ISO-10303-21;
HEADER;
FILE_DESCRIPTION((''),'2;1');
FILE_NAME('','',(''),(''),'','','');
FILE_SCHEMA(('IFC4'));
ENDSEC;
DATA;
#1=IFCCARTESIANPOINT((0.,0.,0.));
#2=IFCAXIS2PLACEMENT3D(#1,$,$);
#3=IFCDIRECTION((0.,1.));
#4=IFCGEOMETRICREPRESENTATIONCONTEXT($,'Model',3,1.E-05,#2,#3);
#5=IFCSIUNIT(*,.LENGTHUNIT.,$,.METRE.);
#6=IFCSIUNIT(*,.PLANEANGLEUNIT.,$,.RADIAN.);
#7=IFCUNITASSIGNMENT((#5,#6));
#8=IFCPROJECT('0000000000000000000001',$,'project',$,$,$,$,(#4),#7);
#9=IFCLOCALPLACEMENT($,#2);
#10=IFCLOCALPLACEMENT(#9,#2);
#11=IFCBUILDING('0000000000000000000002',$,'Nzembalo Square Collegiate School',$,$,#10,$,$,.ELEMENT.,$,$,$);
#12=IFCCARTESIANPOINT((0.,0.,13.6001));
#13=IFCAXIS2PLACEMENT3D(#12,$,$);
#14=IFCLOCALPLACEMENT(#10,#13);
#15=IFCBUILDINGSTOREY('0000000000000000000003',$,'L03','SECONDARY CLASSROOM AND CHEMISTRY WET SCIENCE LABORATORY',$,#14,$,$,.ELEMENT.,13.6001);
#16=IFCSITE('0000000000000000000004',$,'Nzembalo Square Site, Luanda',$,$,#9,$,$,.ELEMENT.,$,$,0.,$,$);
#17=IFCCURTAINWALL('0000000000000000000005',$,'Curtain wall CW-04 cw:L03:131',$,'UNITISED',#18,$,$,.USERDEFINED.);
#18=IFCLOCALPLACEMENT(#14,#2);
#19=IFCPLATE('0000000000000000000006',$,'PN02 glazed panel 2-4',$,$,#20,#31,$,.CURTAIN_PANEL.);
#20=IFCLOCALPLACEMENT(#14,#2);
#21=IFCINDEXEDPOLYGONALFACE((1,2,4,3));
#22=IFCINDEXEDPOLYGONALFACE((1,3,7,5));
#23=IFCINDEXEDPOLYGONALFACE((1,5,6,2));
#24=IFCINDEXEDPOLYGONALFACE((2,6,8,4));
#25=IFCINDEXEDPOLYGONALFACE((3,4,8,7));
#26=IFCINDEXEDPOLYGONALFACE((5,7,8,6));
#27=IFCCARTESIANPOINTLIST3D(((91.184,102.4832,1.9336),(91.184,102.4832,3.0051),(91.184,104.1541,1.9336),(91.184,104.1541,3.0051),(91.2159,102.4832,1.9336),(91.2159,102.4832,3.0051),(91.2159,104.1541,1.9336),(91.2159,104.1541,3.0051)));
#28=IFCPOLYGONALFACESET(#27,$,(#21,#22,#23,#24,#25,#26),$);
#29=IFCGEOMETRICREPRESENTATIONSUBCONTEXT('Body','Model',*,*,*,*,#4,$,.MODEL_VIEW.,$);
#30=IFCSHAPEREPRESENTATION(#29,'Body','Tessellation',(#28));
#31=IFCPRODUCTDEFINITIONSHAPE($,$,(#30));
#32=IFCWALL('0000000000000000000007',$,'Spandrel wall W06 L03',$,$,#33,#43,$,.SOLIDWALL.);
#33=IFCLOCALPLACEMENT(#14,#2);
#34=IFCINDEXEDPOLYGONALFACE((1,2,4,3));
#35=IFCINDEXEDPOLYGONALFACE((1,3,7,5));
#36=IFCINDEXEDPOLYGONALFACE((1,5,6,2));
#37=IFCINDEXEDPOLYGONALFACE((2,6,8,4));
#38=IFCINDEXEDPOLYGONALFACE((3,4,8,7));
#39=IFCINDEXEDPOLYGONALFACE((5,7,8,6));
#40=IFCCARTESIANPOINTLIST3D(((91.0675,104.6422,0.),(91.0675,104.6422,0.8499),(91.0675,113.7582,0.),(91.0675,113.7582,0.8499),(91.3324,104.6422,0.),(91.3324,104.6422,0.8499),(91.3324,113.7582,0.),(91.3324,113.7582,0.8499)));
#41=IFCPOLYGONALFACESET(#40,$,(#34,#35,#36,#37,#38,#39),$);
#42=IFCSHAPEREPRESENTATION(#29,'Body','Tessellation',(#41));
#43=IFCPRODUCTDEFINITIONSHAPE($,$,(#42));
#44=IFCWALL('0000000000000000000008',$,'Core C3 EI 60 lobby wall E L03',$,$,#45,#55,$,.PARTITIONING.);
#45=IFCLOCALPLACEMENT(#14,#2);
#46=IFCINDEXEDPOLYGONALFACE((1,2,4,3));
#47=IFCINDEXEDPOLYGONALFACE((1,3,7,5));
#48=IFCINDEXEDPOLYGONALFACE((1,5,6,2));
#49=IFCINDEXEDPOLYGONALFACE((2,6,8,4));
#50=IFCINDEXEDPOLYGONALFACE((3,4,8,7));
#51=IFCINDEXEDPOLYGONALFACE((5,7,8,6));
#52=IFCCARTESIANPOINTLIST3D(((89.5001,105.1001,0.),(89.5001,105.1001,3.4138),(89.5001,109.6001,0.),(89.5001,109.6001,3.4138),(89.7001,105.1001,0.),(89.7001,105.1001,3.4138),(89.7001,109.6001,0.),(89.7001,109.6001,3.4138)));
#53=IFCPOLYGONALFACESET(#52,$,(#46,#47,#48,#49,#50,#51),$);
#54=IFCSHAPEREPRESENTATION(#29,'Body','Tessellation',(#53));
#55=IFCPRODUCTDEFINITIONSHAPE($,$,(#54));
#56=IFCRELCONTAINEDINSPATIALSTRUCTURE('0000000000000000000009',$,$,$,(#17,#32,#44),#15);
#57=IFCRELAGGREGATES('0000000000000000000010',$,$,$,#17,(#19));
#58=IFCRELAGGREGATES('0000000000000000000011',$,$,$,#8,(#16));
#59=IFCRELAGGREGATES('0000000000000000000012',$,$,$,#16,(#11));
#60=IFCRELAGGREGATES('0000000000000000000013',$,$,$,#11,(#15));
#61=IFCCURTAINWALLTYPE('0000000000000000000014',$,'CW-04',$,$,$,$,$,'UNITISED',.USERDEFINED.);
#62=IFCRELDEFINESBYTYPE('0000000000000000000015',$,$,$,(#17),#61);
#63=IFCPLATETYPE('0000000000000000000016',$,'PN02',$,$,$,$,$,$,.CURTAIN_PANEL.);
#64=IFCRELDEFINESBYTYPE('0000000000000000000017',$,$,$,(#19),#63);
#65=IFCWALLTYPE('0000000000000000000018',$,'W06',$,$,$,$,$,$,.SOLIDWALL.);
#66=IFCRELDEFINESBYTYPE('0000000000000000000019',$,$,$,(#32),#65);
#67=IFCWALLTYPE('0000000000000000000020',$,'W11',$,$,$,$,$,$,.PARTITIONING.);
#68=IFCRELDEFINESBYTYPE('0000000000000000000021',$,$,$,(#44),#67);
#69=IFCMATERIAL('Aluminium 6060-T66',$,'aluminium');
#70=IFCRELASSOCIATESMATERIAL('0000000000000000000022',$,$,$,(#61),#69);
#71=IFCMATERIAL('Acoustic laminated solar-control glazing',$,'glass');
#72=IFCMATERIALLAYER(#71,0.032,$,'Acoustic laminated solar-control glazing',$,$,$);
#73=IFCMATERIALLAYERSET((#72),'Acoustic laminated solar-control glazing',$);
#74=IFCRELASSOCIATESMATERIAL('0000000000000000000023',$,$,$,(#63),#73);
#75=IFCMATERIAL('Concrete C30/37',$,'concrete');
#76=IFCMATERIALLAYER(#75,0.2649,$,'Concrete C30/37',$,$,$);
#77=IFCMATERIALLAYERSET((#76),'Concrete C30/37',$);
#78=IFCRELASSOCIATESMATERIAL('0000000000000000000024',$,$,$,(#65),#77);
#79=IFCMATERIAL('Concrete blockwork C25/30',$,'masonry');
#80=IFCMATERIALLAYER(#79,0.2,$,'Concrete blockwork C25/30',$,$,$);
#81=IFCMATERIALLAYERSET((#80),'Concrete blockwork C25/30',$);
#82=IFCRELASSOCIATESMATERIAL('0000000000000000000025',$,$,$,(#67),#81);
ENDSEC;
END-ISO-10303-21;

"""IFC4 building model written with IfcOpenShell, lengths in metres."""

from ifc_helpers import new_model, si_unit, direction, frame, frame_2d, origin, origin_2d, place, context, subcontext, project, spatial, rectangle, extrude, material, layer, layer_set, type_object, element, aggregate, save


model = new_model("IFC4")

# Units and contexts
model_context = context("Model", 3, precision=1e-05, world=origin(), true_north=direction((0.0, 1.0)))
body_context = subcontext(model_context, "Body", "Model", "MODEL_VIEW")
ifc_project = project(units=[si_unit("LENGTHUNIT", "METRE"), si_unit("PLANEANGLEUNIT", "RADIAN")], contexts=[model_context])

# Site, building, storey
site_placement = place(None, origin())
site = spatial("IfcSite", under=ifc_project, at=site_placement, Name="Nzembalo Square Site, Luanda", CompositionType="ELEMENT", RefElevation=0.0)
building_placement = place(site_placement, origin())
building = spatial("IfcBuilding", under=site, at=building_placement, Name="Nzembalo Square Collegiate School", CompositionType="ELEMENT")
storey_placement = place(building_placement, frame((0.0, 0.0, 13.6001)))
storey = spatial("IfcBuildingStorey", under=building, at=storey_placement, Name="L03", Description="SECONDARY CLASSROOM AND CHEMISTRY WET SCIENCE LABORATORY", CompositionType="ELEMENT", Elevation=13.6001)

# Curtain wall
ifc_material_1 = material(Name="Aluminium 6060-T66", Category="aluminium")
curtain_wall_type_1 = type_object("IfcCurtainWallType", Name="CW-04", ElementType="UNITISED", PredefinedType="USERDEFINED", material=ifc_material_1)
curtain_wall_1_placement = place(storey_placement, origin())
curtain_wall_1 = element("IfcCurtainWall", 1, at=curtain_wall_1_placement, inside=storey, type_object=curtain_wall_type_1, Name="Curtain wall CW-04 cw:L03:131", ObjectType="UNITISED", PredefinedType="USERDEFINED")

# Plate
ifc_material_2 = material(Name="Acoustic laminated solar-control glazing", Category="glass")
ifc_layer_1 = layer(ifc_material_2, 0.032, Name="Acoustic laminated solar-control glazing")
ifc_layer_set_1 = layer_set([ifc_layer_1], Name="Acoustic laminated solar-control glazing")
plate_type_1 = type_object("IfcPlateType", Name="PN02", PredefinedType="CURTAIN_PANEL", material=ifc_layer_set_1)
plate_1_placement = place(storey_placement, frame((91.2, 103.3186, 1.9336), z_axis=(0.0, 0.0, 1.0), x_axis=(0.0, 1.0, 0.0)))
plate_1 = element("IfcPlate", 2, at=plate_1_placement, type_object=plate_type_1, Name="PN02 glazed panel 2-4", PredefinedType="CURTAIN_PANEL", context=body_context, shape_type="SweptSolid", body=[
    extrude(rectangle(XDim=1.6709, YDim=0.032, at=origin_2d()), origin(), (0.0, 0.0, 1.0), 1.0715),
])
aggregate(curtain_wall_1, [plate_1])

# Walls
ifc_material_3 = material(Name="Concrete C30/37", Category="concrete")
ifc_layer_2 = layer(ifc_material_3, 0.2649, Name="Concrete C30/37")
ifc_layer_set_2 = layer_set([ifc_layer_2], Name="Concrete C30/37")
wall_type_1 = type_object("IfcWallType", Name="W06", PredefinedType="SOLIDWALL", material=ifc_layer_set_2)
wall_1_placement = place(storey_placement, frame((91.2, 104.6421, 0.0), z_axis=(0.0, 0.0, 1.0), x_axis=(0.0, 1.0, 0.0)))
element("IfcWall", 3, at=wall_1_placement, inside=storey, type_object=wall_type_1, Name="Spandrel wall W06 L03", PredefinedType="SOLIDWALL", context=body_context, shape_type="SweptSolid", body=[
    extrude(rectangle(XDim=9.116, YDim=0.2649, at=frame_2d((4.5581, 0.0))), origin(), (0.0, 0.0, 1.0), 0.8499),
])
ifc_material_4 = material(Name="Concrete blockwork C25/30", Category="masonry")
ifc_layer_3 = layer(ifc_material_4, 0.2, Name="Concrete blockwork C25/30")
ifc_layer_set_3 = layer_set([ifc_layer_3], Name="Concrete blockwork C25/30")
wall_type_2 = type_object("IfcWallType", Name="W11", PredefinedType="PARTITIONING", material=ifc_layer_set_3)
wall_2_placement = place(storey_placement, frame((89.6001, 105.1001, 0.0), z_axis=(0.0, 0.0, 1.0), x_axis=(0.0, 1.0, 0.0)))
element("IfcWall", 4, at=wall_2_placement, inside=storey, type_object=wall_type_2, Name="Core C3 EI 60 lobby wall E L03", PredefinedType="PARTITIONING", context=body_context, shape_type="SweptSolid", body=[
    extrude(rectangle(XDim=4.5, YDim=0.2, at=frame_2d((2.25, 0.0))), origin(), (0.0, 0.0, 1.0), 3.4138),
])

save(model, "model.ifc")
